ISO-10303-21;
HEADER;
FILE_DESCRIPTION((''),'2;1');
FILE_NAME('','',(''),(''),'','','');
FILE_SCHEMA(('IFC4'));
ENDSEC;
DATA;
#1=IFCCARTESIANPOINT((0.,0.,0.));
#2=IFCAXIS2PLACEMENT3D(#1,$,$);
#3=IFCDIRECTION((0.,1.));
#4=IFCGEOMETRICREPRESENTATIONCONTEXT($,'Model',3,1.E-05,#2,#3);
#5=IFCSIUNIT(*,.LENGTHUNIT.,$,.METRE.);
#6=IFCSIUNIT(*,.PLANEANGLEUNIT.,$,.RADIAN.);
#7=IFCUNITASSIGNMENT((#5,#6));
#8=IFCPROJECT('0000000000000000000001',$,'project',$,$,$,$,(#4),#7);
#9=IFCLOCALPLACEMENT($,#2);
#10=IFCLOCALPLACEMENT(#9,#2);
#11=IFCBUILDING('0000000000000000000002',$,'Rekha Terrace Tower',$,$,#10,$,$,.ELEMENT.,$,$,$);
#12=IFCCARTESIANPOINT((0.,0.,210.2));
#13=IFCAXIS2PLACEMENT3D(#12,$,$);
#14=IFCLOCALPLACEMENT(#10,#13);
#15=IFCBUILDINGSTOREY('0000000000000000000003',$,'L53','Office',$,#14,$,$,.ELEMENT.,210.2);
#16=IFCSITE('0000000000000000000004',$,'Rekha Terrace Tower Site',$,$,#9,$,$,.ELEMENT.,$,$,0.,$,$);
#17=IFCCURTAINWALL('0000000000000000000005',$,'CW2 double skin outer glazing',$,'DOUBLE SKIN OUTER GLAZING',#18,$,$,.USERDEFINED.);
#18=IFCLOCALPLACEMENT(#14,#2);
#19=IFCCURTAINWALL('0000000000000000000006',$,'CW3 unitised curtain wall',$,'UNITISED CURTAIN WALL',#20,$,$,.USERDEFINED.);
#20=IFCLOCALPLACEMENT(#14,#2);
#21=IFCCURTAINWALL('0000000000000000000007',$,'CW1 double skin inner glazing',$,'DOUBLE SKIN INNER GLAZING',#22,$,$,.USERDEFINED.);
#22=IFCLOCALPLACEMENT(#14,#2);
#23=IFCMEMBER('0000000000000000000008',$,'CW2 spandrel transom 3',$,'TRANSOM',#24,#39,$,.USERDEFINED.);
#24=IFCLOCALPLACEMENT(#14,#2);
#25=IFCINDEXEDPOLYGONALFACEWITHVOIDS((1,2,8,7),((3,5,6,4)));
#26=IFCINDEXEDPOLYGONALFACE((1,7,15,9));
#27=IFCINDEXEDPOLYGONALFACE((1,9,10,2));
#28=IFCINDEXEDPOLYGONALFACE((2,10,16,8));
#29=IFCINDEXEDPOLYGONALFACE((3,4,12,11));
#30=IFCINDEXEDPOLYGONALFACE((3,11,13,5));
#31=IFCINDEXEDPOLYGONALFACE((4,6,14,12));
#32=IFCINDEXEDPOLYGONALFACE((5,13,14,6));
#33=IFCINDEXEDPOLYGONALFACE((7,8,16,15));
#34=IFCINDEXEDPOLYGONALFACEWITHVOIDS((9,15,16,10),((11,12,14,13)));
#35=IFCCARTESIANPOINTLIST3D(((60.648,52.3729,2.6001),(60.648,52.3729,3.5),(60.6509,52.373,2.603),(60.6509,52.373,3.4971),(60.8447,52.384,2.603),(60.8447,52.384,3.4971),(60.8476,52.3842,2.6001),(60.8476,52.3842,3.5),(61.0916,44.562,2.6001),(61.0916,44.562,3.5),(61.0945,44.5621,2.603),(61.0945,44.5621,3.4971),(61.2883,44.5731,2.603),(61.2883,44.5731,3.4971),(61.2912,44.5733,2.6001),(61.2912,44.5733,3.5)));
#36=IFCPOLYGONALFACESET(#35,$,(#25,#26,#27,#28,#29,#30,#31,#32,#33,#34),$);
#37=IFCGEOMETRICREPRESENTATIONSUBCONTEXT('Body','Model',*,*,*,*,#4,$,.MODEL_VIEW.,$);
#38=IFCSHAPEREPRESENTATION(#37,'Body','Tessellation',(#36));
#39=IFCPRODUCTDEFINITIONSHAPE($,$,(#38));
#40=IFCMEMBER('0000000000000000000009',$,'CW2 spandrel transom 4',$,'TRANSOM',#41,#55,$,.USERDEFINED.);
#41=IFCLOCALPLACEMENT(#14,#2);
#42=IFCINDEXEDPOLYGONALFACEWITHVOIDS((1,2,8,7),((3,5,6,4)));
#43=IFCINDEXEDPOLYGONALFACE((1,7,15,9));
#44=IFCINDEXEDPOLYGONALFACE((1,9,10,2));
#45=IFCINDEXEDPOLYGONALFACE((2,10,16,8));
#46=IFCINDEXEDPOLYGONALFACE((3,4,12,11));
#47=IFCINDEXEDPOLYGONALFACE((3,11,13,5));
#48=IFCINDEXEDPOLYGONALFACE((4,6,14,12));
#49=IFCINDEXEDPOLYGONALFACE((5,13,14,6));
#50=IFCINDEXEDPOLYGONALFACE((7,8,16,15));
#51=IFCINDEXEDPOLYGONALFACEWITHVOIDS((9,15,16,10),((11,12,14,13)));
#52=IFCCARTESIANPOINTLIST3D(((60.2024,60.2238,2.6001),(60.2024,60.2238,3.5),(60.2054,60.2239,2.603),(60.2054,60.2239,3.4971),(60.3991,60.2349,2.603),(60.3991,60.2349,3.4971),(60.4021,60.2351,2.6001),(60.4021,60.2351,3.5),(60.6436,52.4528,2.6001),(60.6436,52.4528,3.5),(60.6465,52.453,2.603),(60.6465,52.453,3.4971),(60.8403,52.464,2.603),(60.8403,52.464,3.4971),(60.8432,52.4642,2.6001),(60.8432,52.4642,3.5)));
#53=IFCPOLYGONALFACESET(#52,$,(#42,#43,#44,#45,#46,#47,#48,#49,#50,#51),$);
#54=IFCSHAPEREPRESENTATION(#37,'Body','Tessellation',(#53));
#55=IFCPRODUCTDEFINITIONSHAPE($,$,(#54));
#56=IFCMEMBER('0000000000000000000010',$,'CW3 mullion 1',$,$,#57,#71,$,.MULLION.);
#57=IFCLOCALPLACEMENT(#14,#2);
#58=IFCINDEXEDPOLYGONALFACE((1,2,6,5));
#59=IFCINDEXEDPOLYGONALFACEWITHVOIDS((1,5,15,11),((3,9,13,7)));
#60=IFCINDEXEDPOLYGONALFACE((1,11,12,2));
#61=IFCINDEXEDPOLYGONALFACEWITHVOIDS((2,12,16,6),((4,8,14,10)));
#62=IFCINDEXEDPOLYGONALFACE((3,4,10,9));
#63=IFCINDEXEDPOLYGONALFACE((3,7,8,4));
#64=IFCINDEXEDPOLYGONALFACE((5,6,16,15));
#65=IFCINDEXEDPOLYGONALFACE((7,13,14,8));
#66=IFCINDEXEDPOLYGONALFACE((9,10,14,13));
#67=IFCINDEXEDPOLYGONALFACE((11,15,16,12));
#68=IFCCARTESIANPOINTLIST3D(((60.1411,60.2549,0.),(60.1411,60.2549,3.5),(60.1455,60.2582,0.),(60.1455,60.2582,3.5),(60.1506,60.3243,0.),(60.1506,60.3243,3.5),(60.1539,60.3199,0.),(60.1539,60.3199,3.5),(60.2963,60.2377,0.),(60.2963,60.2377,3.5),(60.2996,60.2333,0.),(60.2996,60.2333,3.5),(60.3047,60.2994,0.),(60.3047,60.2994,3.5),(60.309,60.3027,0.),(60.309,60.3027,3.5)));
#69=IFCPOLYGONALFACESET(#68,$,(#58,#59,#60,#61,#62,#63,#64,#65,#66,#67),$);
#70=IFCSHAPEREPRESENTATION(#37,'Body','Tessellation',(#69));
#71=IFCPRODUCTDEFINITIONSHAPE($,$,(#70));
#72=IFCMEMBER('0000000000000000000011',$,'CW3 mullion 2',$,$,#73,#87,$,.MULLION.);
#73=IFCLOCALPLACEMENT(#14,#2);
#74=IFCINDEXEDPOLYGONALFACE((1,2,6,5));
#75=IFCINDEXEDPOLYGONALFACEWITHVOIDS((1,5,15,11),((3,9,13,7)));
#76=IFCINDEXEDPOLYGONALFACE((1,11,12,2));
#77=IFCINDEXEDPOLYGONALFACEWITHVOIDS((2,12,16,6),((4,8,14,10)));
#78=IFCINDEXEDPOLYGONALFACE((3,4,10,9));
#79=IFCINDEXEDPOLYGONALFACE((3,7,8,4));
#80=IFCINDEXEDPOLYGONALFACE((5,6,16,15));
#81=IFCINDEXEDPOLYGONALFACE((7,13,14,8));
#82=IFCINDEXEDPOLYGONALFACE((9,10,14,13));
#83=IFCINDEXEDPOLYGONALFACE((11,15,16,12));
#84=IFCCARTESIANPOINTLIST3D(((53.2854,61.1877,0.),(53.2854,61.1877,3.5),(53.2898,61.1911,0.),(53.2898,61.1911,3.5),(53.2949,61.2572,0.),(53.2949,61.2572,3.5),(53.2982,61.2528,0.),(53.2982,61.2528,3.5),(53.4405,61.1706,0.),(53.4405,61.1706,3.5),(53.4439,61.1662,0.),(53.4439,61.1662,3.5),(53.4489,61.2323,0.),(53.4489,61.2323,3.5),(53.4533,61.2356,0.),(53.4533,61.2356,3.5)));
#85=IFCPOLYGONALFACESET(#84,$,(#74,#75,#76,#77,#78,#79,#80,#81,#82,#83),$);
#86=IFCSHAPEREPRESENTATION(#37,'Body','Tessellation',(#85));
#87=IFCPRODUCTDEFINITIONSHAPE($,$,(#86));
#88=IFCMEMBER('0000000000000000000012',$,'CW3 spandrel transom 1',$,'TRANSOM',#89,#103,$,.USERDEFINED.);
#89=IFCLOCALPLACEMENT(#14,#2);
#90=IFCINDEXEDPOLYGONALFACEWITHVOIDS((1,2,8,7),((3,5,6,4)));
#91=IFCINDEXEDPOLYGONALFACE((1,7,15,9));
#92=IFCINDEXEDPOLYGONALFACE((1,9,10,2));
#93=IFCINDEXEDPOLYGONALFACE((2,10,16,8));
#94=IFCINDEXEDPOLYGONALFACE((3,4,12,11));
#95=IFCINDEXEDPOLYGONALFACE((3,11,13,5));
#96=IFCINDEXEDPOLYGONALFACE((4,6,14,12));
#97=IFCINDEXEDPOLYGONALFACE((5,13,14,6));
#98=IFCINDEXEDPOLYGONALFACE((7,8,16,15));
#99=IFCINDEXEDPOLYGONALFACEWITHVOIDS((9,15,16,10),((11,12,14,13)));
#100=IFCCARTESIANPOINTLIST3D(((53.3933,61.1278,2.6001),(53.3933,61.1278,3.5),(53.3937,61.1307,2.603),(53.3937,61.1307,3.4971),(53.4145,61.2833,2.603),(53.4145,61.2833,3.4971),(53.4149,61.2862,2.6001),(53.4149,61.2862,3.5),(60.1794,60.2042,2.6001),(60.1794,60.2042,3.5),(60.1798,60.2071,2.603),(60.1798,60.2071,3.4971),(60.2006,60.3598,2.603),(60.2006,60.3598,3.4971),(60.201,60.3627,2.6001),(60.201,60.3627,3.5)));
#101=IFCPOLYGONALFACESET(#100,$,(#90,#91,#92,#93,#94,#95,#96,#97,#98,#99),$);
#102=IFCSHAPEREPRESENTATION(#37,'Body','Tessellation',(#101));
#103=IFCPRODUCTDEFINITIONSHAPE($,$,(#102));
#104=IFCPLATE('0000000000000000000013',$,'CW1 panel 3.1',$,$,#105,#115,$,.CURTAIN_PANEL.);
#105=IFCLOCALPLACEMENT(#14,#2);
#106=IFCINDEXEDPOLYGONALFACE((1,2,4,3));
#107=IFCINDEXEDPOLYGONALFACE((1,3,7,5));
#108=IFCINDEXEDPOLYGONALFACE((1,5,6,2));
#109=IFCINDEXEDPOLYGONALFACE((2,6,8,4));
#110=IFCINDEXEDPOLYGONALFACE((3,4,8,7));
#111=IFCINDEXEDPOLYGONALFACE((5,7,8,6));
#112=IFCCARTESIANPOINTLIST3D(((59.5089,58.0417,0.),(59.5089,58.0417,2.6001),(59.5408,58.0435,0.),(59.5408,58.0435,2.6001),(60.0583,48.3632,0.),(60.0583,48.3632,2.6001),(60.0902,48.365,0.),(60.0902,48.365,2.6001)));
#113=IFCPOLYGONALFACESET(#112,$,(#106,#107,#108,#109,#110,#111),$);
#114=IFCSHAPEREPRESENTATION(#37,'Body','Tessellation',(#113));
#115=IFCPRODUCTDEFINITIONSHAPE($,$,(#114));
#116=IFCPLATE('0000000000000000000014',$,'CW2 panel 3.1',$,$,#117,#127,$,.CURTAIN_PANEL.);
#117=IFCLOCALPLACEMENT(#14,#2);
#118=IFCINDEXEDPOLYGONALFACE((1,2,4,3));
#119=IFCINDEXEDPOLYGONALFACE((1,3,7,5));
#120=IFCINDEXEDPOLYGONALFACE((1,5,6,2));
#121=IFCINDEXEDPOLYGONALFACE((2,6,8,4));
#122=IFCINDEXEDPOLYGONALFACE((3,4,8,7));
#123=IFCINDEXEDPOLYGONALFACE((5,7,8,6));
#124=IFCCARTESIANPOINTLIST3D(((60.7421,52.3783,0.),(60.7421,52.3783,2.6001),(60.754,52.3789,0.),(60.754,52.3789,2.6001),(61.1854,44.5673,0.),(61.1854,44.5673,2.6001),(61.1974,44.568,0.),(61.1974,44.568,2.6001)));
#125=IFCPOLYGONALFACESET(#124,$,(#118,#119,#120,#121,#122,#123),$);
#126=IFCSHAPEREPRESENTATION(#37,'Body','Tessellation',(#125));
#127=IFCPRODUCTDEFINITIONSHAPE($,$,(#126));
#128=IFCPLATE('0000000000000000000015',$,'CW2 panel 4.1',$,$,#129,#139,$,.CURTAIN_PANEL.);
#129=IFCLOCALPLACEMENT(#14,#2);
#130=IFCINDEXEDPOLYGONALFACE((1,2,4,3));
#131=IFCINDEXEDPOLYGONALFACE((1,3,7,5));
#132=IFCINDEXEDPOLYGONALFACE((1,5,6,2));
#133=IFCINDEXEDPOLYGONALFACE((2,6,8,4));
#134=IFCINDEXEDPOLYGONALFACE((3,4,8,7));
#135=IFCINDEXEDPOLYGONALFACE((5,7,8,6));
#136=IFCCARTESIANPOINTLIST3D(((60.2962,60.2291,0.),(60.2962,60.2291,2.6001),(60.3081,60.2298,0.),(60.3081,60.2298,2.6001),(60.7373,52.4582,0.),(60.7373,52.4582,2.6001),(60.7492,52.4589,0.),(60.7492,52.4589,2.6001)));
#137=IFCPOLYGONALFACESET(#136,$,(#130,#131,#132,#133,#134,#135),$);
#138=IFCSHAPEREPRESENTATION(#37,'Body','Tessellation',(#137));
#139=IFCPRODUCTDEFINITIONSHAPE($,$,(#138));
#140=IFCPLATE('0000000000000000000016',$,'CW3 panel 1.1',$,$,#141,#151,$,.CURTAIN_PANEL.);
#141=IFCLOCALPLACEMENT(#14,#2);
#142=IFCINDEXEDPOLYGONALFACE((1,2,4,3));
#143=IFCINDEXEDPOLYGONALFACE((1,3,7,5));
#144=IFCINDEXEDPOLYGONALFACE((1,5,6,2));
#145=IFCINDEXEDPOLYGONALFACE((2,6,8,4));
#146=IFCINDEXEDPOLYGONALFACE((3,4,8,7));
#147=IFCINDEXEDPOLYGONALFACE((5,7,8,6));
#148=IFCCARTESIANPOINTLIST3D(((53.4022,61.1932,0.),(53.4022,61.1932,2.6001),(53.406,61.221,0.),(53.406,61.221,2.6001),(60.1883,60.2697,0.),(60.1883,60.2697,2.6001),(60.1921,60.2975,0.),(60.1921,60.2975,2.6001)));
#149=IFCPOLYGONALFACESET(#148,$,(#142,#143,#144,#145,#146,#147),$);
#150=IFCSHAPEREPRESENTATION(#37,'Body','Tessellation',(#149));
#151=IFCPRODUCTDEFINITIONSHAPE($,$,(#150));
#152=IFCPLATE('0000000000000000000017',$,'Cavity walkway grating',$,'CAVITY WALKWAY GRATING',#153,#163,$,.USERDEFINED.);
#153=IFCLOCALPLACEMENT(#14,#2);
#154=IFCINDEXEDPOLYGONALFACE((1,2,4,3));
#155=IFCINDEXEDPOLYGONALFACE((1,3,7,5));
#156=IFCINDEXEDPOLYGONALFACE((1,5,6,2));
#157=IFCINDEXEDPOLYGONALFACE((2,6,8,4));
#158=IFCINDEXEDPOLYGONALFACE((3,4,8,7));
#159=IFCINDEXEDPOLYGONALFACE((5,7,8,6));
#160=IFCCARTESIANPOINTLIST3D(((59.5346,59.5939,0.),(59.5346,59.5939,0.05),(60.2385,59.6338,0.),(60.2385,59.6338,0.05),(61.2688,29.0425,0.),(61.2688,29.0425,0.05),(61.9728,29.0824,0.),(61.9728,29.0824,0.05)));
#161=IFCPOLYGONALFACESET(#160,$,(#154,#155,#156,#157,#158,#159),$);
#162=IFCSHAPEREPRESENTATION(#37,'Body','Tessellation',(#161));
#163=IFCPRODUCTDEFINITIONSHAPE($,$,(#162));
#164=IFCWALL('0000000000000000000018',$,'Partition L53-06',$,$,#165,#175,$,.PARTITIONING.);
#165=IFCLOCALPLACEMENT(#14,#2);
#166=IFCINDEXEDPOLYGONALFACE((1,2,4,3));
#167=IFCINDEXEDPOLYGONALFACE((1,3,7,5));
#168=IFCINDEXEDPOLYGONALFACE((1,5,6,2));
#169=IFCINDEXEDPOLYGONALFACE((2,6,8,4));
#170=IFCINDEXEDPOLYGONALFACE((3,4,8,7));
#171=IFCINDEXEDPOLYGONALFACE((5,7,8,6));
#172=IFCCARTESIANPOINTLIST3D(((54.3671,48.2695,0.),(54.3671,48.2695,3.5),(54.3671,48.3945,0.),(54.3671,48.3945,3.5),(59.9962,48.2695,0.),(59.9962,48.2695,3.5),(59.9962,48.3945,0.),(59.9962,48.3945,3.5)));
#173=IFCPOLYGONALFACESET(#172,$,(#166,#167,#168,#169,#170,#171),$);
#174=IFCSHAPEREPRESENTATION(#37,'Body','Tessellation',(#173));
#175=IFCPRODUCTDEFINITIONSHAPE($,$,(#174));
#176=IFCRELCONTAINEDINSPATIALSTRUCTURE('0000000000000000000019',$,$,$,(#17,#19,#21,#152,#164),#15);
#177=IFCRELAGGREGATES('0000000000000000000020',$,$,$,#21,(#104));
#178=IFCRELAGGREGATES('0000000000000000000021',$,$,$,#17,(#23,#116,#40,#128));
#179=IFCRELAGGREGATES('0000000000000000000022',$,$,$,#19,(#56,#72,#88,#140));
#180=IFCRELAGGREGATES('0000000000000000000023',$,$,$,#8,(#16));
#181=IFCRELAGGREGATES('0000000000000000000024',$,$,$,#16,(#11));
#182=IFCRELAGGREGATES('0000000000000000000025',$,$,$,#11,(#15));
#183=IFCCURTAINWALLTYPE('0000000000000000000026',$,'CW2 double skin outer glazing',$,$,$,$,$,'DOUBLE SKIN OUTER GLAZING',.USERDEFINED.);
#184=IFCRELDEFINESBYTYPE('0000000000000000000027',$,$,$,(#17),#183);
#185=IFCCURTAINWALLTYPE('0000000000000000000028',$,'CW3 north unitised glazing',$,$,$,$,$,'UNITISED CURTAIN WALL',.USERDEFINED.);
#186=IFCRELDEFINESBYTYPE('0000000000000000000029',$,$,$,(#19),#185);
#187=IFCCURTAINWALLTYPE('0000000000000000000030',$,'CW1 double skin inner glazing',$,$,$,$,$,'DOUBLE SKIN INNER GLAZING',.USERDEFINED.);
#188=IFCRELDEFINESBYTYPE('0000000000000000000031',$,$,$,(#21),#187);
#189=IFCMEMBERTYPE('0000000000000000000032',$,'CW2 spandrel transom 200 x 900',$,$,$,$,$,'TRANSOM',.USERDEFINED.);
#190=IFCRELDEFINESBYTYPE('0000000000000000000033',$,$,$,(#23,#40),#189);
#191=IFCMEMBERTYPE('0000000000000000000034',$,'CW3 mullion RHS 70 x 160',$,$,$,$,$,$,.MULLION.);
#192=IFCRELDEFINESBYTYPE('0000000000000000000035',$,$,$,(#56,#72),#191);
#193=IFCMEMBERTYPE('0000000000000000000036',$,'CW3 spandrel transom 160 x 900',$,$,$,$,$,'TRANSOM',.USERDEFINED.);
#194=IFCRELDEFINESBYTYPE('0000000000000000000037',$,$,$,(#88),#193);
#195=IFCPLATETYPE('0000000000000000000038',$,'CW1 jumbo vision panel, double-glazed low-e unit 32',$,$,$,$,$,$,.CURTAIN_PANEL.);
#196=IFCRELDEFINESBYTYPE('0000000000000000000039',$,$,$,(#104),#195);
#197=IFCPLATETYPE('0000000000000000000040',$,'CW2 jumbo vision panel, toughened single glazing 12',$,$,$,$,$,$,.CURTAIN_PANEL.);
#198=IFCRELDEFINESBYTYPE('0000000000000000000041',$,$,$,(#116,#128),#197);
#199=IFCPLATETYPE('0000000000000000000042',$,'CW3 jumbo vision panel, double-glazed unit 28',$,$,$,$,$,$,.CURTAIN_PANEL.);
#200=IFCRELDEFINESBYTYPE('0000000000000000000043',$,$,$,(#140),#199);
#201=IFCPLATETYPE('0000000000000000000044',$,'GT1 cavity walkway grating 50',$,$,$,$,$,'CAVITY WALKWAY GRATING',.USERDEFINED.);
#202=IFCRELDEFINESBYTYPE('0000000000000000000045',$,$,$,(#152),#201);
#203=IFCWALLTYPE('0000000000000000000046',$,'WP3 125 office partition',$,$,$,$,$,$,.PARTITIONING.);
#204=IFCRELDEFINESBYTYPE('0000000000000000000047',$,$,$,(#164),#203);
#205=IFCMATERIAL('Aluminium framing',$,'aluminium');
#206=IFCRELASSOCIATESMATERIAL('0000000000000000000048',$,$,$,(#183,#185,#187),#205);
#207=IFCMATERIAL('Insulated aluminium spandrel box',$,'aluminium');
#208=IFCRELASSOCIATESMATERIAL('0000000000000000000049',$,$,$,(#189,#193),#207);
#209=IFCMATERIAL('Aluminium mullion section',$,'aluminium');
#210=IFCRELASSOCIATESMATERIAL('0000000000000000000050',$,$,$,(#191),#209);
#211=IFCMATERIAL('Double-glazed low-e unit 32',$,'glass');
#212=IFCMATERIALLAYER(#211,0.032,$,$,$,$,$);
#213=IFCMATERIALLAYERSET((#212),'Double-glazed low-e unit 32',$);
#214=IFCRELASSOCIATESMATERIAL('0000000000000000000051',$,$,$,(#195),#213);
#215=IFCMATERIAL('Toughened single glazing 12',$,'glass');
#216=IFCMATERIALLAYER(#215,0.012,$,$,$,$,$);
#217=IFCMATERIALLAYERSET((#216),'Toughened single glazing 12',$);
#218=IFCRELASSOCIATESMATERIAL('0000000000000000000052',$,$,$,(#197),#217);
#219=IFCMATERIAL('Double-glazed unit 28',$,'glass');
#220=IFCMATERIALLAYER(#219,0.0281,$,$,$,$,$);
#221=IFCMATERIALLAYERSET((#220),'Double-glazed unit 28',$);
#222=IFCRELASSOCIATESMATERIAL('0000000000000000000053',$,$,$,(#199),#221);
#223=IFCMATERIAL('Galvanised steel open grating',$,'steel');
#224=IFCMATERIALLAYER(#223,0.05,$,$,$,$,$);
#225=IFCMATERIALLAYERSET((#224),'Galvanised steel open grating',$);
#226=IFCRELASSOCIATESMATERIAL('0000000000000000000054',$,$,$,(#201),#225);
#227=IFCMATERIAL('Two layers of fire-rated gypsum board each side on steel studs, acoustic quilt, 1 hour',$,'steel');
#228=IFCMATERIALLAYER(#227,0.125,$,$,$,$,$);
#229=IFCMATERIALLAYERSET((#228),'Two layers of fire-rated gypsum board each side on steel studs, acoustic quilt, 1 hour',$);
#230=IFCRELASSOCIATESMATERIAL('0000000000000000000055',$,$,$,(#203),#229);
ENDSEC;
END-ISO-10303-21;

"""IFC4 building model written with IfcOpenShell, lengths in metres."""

from ifc_helpers import new_model, si_unit, direction, frame, frame_2d, origin, origin_2d, place, context, subcontext, project, spatial, rectangle, hollow_rectangle, extrude, material, layer, layer_set, material_profile, profile_set, type_object, element, aggregate, save


model = new_model("IFC4")

# Units and contexts
model_context = context("Model", 3, precision=1e-05, world=origin(), true_north=direction((0.0, 1.0)))
body_context = subcontext(model_context, "Body", "Model", "MODEL_VIEW")
ifc_project = project(units=[si_unit("LENGTHUNIT", "METRE"), si_unit("PLANEANGLEUNIT", "RADIAN")], contexts=[model_context])

# Site, building, storey
site_placement = place(None, origin())
site = spatial("IfcSite", under=ifc_project, at=site_placement, Name="Rekha Terrace Tower Site", CompositionType="ELEMENT", RefElevation=0.0)
building_placement = place(site_placement, origin())
building = spatial("IfcBuilding", under=site, at=building_placement, Name="Rekha Terrace Tower", CompositionType="ELEMENT")
storey_placement = place(building_placement, frame((0.0, 0.0, 210.2)))
storey = spatial("IfcBuildingStorey", under=building, at=storey_placement, Name="L53", Description="Office", CompositionType="ELEMENT", Elevation=210.2)

# Curtain wall
ifc_material_1 = material(Name="Aluminium framing", Category="aluminium")
curtain_wall_type_1 = type_object("IfcCurtainWallType", Name="CW2 double skin outer glazing", ElementType="DOUBLE SKIN OUTER GLAZING", PredefinedType="USERDEFINED", material=ifc_material_1)
curtain_wall_1_placement = place(storey_placement, origin())
curtain_wall_1 = element("IfcCurtainWall", 1, at=curtain_wall_1_placement, inside=storey, type_object=curtain_wall_type_1, Name="CW2 double skin outer glazing", ObjectType="DOUBLE SKIN OUTER GLAZING", PredefinedType="USERDEFINED")

# Curtain wall
curtain_wall_type_2 = type_object("IfcCurtainWallType", Name="CW3 north unitised glazing", ElementType="UNITISED CURTAIN WALL", PredefinedType="USERDEFINED", material=ifc_material_1)
curtain_wall_2_placement = place(storey_placement, origin())
curtain_wall_2 = element("IfcCurtainWall", 2, at=curtain_wall_2_placement, inside=storey, type_object=curtain_wall_type_2, Name="CW3 unitised curtain wall", ObjectType="UNITISED CURTAIN WALL", PredefinedType="USERDEFINED")

# Curtain wall
curtain_wall_type_3 = type_object("IfcCurtainWallType", Name="CW1 double skin inner glazing", ElementType="DOUBLE SKIN INNER GLAZING", PredefinedType="USERDEFINED", material=ifc_material_1)
curtain_wall_3_placement = place(storey_placement, origin())
curtain_wall_3 = element("IfcCurtainWall", 3, at=curtain_wall_3_placement, inside=storey, type_object=curtain_wall_type_3, Name="CW1 double skin inner glazing", ObjectType="DOUBLE SKIN INNER GLAZING", PredefinedType="USERDEFINED")
ifc_material_2 = material(Name="Aluminium mullion section", Category="aluminium")
ifc_material_3 = material(Name="Insulated aluminium spandrel box", Category="aluminium")

# Members
ifc_material_profile_1 = material_profile(ifc_material_3, hollow_rectangle(XDim=0.2, YDim=0.8999, WallThickness=0.0029, at=origin_2d()), Name="AL SPANDREL BOX 200x900")
ifc_profile_set_1 = profile_set([ifc_material_profile_1], Name="Insulated aluminium spandrel box")
member_type_1 = type_object("IfcMemberType", Name="CW2 spandrel transom 200 x 900", ElementType="TRANSOM", PredefinedType="USERDEFINED", material=ifc_profile_set_1)
member_1_placement = place(storey_placement, frame((61.1914, 44.5676, 3.05), z_axis=(-0.056702, 0.998391, 0.0), x_axis=(-0.998391, -0.056702, 0.0)))
member_1 = element("IfcMember", 4, at=member_1_placement, type_object=member_type_1, Name="CW2 spandrel transom 3", ObjectType="TRANSOM", PredefinedType="USERDEFINED", context=body_context, shape_type="SweptSolid", body=[
    extrude(hollow_rectangle(XDim=0.2, YDim=0.8999, WallThickness=0.0029, at=origin_2d()), origin(), (0.0, 0.0, 1.0), 7.8235),
])
member_2_placement = place(storey_placement, frame((60.7434, 52.4585, 3.05), z_axis=(-0.056679, 0.998392, 0.0), x_axis=(-0.998392, -0.056679, 0.0)))
member_2 = element("IfcMember", 5, at=member_2_placement, type_object=member_type_1, Name="CW2 spandrel transom 4", ObjectType="TRANSOM", PredefinedType="USERDEFINED", context=body_context, shape_type="SweptSolid", body=[
    extrude(hollow_rectangle(XDim=0.2, YDim=0.8999, WallThickness=0.0029, at=origin_2d()), origin(), (0.0, 0.0, 1.0), 7.7834),
])
ifc_material_profile_2 = material_profile(ifc_material_2, hollow_rectangle(XDim=0.0701, YDim=0.1599, WallThickness=0.0039, at=origin_2d()), Name="AL RHS 70x160")
ifc_profile_set_2 = profile_set([ifc_material_profile_2], Name="Aluminium mullion section")
member_type_2 = type_object("IfcMemberType", Name="CW3 mullion RHS 70 x 160", PredefinedType="MULLION", material=ifc_profile_set_2)
member_3_placement = place(storey_placement, frame((60.2251, 60.2788, 0.0), z_axis=(0.0, 0.0, 1.0), x_axis=(-0.134841, -0.990867, 0.0)))
member_3 = element("IfcMember", 6, at=member_3_placement, type_object=member_type_2, Name="CW3 mullion 1", PredefinedType="MULLION", context=body_context, shape_type="SweptSolid", body=[
    extrude(hollow_rectangle(XDim=0.0701, YDim=0.1599, WallThickness=0.0039, at=origin_2d()), origin(), (0.0, 0.0, 1.0), 3.5),
])
member_4_placement = place(storey_placement, frame((53.3694, 61.2117, 0.0), z_axis=(0.0, 0.0, 1.0), x_axis=(-0.134841, -0.990867, 0.0)))
member_4 = element("IfcMember", 7, at=member_4_placement, type_object=member_type_2, Name="CW3 mullion 2", PredefinedType="MULLION", context=body_context, shape_type="SweptSolid", body=[
    extrude(hollow_rectangle(XDim=0.0701, YDim=0.1599, WallThickness=0.0039, at=origin_2d()), origin(), (0.0, 0.0, 1.0), 3.5),
])
ifc_material_profile_3 = material_profile(ifc_material_3, hollow_rectangle(XDim=0.1599, YDim=0.8999, WallThickness=0.0029, at=origin_2d()), Name="AL SPANDREL BOX 160x900")
ifc_profile_set_3 = profile_set([ifc_material_profile_3], Name="Insulated aluminium spandrel box")
member_type_3 = type_object("IfcMemberType", Name="CW3 spandrel transom 160 x 900", ElementType="TRANSOM", PredefinedType="USERDEFINED", material=ifc_profile_set_3)
member_5_placement = place(storey_placement, frame((60.1902, 60.2834, 3.05), z_axis=(-0.990865, 0.134855, 0.0), x_axis=(-0.134855, -0.990865, 0.0)))
member_5 = element("IfcMember", 8, at=member_5_placement, type_object=member_type_3, Name="CW3 spandrel transom 1", ObjectType="TRANSOM", PredefinedType="USERDEFINED", context=body_context, shape_type="SweptSolid", body=[
    extrude(hollow_rectangle(XDim=0.1599, YDim=0.8999, WallThickness=0.0029, at=origin_2d()), origin(), (0.0, 0.0, 1.0), 6.8486),
])

# Plates
ifc_material_4 = material(Name="Double-glazed low-e unit 32", Category="glass")
ifc_layer_1 = layer(ifc_material_4, 0.032)
ifc_layer_set_1 = layer_set([ifc_layer_1], Name="Double-glazed low-e unit 32")
plate_type_1 = type_object("IfcPlateType", Name="CW1 jumbo vision panel, double-glazed low-e unit 32", PredefinedType="CURTAIN_PANEL", material=ifc_layer_set_1)
plate_1_placement = place(storey_placement, frame((59.7996, 53.2034, 0.0), z_axis=(0.0, 0.0, 1.0), x_axis=(-0.056673, 0.998393, 0.0)))
plate_1 = element("IfcPlate", 9, at=plate_1_placement, type_object=plate_type_1, Name="CW1 panel 3.1", PredefinedType="CURTAIN_PANEL", context=body_context, shape_type="SweptSolid", body=[
    extrude(rectangle(XDim=9.6941, YDim=0.032, at=origin_2d()), origin(), (0.0, 0.0, 1.0), 2.6001),
])
aggregate(curtain_wall_3, [plate_1])
ifc_material_5 = material(Name="Toughened single glazing 12", Category="glass")
ifc_layer_2 = layer(ifc_material_5, 0.012)
ifc_layer_set_2 = layer_set([ifc_layer_2], Name="Toughened single glazing 12")
plate_type_2 = type_object("IfcPlateType", Name="CW2 jumbo vision panel, toughened single glazing 12", PredefinedType="CURTAIN_PANEL", material=ifc_layer_set_2)
plate_2_placement = place(storey_placement, frame((60.9697, 48.4731, 0.0), z_axis=(0.0, 0.0, 1.0), x_axis=(-0.056673, 0.998393, 0.0)))
plate_2 = element("IfcPlate", 10, at=plate_2_placement, type_object=plate_type_2, Name="CW2 panel 3.1", PredefinedType="CURTAIN_PANEL", context=body_context, shape_type="SweptSolid", body=[
    extrude(rectangle(XDim=7.8235, YDim=0.012, at=origin_2d()), origin(), (0.0, 0.0, 1.0), 2.6001),
])
plate_3_placement = place(storey_placement, frame((60.5227, 56.344, 0.0), z_axis=(0.0, 0.0, 1.0), x_axis=(-0.056673, 0.998393, 0.0)))
plate_3 = element("IfcPlate", 11, at=plate_3_placement, type_object=plate_type_2, Name="CW2 panel 4.1", PredefinedType="CURTAIN_PANEL", context=body_context, shape_type="SweptSolid", body=[
    extrude(rectangle(XDim=7.7834, YDim=0.012, at=origin_2d()), origin(), (0.0, 0.0, 1.0), 2.6001),
])
aggregate(curtain_wall_1, [member_1, plate_2, member_2, plate_3])
ifc_material_6 = material(Name="Double-glazed unit 28", Category="glass")
ifc_layer_3 = layer(ifc_material_6, 0.0281)
ifc_layer_set_3 = layer_set([ifc_layer_3], Name="Double-glazed unit 28")
plate_type_3 = type_object("IfcPlateType", Name="CW3 jumbo vision panel, double-glazed unit 28", PredefinedType="CURTAIN_PANEL", material=ifc_layer_set_3)
plate_4_placement = place(storey_placement, frame((56.7971, 60.7454, 0.0), z_axis=(0.0, 0.0, 1.0), x_axis=(-0.990867, 0.134841, 0.0)))
plate_4 = element("IfcPlate", 12, at=plate_4_placement, type_object=plate_type_3, Name="CW3 panel 1.1", PredefinedType="CURTAIN_PANEL", context=body_context, shape_type="SweptSolid", body=[
    extrude(rectangle(XDim=6.8486, YDim=0.0281, at=origin_2d()), origin(), (0.0, 0.0, 1.0), 2.6001),
])
aggregate(curtain_wall_2, [member_3, member_4, member_5, plate_4])
ifc_material_7 = material(Name="Galvanised steel open grating", Category="steel")
ifc_layer_4 = layer(ifc_material_7, 0.05)
ifc_layer_set_4 = layer_set([ifc_layer_4], Name="Galvanised steel open grating")
plate_type_4 = type_object("IfcPlateType", Name="GT1 cavity walkway grating 50", ElementType="CAVITY WALKWAY GRATING", PredefinedType="USERDEFINED", material=ifc_layer_set_4)
plate_5_placement = place(storey_placement, frame((60.7537, 44.3381, 0.0), z_axis=(0.0, 0.0, 1.0), x_axis=(-0.056673, 0.998393, 0.0)))
element("IfcPlate", 13, at=plate_5_placement, inside=storey, type_object=plate_type_4, Name="Cavity walkway grating", ObjectType="CAVITY WALKWAY GRATING", PredefinedType="USERDEFINED", context=body_context, shape_type="SweptSolid", body=[
    extrude(rectangle(XDim=30.6006, YDim=0.7051, at=origin_2d()), origin(), (0.0, 0.0, 1.0), 0.05),
])

# Wall
ifc_material_8 = material(Name="Two layers of fire-rated gypsum board each side on steel studs, acoustic quilt, 1 hour", Category="steel")
ifc_layer_5 = layer(ifc_material_8, 0.125)
ifc_layer_set_5 = layer_set([ifc_layer_5], Name="Two layers of fire-rated gypsum board each side on steel studs, acoustic quilt, 1 hour")
wall_type = type_object("IfcWallType", Name="WP3 125 office partition", PredefinedType="PARTITIONING", material=ifc_layer_set_5)
wall_1_placement = place(storey_placement, frame((59.9961, 48.332, 0.0), z_axis=(0.0, 0.0, 1.0), x_axis=(-1.0, 0.0, 0.0)))
element("IfcWall", 14, at=wall_1_placement, inside=storey, type_object=wall_type, Name="Partition L53-06", PredefinedType="PARTITIONING", context=body_context, shape_type="SweptSolid", body=[
    extrude(rectangle(XDim=5.6292, YDim=0.125, at=frame_2d((2.8145, 0.0))), origin(), (0.0, 0.0, 1.0), 3.5),
])

save(model, "model.ifc")
